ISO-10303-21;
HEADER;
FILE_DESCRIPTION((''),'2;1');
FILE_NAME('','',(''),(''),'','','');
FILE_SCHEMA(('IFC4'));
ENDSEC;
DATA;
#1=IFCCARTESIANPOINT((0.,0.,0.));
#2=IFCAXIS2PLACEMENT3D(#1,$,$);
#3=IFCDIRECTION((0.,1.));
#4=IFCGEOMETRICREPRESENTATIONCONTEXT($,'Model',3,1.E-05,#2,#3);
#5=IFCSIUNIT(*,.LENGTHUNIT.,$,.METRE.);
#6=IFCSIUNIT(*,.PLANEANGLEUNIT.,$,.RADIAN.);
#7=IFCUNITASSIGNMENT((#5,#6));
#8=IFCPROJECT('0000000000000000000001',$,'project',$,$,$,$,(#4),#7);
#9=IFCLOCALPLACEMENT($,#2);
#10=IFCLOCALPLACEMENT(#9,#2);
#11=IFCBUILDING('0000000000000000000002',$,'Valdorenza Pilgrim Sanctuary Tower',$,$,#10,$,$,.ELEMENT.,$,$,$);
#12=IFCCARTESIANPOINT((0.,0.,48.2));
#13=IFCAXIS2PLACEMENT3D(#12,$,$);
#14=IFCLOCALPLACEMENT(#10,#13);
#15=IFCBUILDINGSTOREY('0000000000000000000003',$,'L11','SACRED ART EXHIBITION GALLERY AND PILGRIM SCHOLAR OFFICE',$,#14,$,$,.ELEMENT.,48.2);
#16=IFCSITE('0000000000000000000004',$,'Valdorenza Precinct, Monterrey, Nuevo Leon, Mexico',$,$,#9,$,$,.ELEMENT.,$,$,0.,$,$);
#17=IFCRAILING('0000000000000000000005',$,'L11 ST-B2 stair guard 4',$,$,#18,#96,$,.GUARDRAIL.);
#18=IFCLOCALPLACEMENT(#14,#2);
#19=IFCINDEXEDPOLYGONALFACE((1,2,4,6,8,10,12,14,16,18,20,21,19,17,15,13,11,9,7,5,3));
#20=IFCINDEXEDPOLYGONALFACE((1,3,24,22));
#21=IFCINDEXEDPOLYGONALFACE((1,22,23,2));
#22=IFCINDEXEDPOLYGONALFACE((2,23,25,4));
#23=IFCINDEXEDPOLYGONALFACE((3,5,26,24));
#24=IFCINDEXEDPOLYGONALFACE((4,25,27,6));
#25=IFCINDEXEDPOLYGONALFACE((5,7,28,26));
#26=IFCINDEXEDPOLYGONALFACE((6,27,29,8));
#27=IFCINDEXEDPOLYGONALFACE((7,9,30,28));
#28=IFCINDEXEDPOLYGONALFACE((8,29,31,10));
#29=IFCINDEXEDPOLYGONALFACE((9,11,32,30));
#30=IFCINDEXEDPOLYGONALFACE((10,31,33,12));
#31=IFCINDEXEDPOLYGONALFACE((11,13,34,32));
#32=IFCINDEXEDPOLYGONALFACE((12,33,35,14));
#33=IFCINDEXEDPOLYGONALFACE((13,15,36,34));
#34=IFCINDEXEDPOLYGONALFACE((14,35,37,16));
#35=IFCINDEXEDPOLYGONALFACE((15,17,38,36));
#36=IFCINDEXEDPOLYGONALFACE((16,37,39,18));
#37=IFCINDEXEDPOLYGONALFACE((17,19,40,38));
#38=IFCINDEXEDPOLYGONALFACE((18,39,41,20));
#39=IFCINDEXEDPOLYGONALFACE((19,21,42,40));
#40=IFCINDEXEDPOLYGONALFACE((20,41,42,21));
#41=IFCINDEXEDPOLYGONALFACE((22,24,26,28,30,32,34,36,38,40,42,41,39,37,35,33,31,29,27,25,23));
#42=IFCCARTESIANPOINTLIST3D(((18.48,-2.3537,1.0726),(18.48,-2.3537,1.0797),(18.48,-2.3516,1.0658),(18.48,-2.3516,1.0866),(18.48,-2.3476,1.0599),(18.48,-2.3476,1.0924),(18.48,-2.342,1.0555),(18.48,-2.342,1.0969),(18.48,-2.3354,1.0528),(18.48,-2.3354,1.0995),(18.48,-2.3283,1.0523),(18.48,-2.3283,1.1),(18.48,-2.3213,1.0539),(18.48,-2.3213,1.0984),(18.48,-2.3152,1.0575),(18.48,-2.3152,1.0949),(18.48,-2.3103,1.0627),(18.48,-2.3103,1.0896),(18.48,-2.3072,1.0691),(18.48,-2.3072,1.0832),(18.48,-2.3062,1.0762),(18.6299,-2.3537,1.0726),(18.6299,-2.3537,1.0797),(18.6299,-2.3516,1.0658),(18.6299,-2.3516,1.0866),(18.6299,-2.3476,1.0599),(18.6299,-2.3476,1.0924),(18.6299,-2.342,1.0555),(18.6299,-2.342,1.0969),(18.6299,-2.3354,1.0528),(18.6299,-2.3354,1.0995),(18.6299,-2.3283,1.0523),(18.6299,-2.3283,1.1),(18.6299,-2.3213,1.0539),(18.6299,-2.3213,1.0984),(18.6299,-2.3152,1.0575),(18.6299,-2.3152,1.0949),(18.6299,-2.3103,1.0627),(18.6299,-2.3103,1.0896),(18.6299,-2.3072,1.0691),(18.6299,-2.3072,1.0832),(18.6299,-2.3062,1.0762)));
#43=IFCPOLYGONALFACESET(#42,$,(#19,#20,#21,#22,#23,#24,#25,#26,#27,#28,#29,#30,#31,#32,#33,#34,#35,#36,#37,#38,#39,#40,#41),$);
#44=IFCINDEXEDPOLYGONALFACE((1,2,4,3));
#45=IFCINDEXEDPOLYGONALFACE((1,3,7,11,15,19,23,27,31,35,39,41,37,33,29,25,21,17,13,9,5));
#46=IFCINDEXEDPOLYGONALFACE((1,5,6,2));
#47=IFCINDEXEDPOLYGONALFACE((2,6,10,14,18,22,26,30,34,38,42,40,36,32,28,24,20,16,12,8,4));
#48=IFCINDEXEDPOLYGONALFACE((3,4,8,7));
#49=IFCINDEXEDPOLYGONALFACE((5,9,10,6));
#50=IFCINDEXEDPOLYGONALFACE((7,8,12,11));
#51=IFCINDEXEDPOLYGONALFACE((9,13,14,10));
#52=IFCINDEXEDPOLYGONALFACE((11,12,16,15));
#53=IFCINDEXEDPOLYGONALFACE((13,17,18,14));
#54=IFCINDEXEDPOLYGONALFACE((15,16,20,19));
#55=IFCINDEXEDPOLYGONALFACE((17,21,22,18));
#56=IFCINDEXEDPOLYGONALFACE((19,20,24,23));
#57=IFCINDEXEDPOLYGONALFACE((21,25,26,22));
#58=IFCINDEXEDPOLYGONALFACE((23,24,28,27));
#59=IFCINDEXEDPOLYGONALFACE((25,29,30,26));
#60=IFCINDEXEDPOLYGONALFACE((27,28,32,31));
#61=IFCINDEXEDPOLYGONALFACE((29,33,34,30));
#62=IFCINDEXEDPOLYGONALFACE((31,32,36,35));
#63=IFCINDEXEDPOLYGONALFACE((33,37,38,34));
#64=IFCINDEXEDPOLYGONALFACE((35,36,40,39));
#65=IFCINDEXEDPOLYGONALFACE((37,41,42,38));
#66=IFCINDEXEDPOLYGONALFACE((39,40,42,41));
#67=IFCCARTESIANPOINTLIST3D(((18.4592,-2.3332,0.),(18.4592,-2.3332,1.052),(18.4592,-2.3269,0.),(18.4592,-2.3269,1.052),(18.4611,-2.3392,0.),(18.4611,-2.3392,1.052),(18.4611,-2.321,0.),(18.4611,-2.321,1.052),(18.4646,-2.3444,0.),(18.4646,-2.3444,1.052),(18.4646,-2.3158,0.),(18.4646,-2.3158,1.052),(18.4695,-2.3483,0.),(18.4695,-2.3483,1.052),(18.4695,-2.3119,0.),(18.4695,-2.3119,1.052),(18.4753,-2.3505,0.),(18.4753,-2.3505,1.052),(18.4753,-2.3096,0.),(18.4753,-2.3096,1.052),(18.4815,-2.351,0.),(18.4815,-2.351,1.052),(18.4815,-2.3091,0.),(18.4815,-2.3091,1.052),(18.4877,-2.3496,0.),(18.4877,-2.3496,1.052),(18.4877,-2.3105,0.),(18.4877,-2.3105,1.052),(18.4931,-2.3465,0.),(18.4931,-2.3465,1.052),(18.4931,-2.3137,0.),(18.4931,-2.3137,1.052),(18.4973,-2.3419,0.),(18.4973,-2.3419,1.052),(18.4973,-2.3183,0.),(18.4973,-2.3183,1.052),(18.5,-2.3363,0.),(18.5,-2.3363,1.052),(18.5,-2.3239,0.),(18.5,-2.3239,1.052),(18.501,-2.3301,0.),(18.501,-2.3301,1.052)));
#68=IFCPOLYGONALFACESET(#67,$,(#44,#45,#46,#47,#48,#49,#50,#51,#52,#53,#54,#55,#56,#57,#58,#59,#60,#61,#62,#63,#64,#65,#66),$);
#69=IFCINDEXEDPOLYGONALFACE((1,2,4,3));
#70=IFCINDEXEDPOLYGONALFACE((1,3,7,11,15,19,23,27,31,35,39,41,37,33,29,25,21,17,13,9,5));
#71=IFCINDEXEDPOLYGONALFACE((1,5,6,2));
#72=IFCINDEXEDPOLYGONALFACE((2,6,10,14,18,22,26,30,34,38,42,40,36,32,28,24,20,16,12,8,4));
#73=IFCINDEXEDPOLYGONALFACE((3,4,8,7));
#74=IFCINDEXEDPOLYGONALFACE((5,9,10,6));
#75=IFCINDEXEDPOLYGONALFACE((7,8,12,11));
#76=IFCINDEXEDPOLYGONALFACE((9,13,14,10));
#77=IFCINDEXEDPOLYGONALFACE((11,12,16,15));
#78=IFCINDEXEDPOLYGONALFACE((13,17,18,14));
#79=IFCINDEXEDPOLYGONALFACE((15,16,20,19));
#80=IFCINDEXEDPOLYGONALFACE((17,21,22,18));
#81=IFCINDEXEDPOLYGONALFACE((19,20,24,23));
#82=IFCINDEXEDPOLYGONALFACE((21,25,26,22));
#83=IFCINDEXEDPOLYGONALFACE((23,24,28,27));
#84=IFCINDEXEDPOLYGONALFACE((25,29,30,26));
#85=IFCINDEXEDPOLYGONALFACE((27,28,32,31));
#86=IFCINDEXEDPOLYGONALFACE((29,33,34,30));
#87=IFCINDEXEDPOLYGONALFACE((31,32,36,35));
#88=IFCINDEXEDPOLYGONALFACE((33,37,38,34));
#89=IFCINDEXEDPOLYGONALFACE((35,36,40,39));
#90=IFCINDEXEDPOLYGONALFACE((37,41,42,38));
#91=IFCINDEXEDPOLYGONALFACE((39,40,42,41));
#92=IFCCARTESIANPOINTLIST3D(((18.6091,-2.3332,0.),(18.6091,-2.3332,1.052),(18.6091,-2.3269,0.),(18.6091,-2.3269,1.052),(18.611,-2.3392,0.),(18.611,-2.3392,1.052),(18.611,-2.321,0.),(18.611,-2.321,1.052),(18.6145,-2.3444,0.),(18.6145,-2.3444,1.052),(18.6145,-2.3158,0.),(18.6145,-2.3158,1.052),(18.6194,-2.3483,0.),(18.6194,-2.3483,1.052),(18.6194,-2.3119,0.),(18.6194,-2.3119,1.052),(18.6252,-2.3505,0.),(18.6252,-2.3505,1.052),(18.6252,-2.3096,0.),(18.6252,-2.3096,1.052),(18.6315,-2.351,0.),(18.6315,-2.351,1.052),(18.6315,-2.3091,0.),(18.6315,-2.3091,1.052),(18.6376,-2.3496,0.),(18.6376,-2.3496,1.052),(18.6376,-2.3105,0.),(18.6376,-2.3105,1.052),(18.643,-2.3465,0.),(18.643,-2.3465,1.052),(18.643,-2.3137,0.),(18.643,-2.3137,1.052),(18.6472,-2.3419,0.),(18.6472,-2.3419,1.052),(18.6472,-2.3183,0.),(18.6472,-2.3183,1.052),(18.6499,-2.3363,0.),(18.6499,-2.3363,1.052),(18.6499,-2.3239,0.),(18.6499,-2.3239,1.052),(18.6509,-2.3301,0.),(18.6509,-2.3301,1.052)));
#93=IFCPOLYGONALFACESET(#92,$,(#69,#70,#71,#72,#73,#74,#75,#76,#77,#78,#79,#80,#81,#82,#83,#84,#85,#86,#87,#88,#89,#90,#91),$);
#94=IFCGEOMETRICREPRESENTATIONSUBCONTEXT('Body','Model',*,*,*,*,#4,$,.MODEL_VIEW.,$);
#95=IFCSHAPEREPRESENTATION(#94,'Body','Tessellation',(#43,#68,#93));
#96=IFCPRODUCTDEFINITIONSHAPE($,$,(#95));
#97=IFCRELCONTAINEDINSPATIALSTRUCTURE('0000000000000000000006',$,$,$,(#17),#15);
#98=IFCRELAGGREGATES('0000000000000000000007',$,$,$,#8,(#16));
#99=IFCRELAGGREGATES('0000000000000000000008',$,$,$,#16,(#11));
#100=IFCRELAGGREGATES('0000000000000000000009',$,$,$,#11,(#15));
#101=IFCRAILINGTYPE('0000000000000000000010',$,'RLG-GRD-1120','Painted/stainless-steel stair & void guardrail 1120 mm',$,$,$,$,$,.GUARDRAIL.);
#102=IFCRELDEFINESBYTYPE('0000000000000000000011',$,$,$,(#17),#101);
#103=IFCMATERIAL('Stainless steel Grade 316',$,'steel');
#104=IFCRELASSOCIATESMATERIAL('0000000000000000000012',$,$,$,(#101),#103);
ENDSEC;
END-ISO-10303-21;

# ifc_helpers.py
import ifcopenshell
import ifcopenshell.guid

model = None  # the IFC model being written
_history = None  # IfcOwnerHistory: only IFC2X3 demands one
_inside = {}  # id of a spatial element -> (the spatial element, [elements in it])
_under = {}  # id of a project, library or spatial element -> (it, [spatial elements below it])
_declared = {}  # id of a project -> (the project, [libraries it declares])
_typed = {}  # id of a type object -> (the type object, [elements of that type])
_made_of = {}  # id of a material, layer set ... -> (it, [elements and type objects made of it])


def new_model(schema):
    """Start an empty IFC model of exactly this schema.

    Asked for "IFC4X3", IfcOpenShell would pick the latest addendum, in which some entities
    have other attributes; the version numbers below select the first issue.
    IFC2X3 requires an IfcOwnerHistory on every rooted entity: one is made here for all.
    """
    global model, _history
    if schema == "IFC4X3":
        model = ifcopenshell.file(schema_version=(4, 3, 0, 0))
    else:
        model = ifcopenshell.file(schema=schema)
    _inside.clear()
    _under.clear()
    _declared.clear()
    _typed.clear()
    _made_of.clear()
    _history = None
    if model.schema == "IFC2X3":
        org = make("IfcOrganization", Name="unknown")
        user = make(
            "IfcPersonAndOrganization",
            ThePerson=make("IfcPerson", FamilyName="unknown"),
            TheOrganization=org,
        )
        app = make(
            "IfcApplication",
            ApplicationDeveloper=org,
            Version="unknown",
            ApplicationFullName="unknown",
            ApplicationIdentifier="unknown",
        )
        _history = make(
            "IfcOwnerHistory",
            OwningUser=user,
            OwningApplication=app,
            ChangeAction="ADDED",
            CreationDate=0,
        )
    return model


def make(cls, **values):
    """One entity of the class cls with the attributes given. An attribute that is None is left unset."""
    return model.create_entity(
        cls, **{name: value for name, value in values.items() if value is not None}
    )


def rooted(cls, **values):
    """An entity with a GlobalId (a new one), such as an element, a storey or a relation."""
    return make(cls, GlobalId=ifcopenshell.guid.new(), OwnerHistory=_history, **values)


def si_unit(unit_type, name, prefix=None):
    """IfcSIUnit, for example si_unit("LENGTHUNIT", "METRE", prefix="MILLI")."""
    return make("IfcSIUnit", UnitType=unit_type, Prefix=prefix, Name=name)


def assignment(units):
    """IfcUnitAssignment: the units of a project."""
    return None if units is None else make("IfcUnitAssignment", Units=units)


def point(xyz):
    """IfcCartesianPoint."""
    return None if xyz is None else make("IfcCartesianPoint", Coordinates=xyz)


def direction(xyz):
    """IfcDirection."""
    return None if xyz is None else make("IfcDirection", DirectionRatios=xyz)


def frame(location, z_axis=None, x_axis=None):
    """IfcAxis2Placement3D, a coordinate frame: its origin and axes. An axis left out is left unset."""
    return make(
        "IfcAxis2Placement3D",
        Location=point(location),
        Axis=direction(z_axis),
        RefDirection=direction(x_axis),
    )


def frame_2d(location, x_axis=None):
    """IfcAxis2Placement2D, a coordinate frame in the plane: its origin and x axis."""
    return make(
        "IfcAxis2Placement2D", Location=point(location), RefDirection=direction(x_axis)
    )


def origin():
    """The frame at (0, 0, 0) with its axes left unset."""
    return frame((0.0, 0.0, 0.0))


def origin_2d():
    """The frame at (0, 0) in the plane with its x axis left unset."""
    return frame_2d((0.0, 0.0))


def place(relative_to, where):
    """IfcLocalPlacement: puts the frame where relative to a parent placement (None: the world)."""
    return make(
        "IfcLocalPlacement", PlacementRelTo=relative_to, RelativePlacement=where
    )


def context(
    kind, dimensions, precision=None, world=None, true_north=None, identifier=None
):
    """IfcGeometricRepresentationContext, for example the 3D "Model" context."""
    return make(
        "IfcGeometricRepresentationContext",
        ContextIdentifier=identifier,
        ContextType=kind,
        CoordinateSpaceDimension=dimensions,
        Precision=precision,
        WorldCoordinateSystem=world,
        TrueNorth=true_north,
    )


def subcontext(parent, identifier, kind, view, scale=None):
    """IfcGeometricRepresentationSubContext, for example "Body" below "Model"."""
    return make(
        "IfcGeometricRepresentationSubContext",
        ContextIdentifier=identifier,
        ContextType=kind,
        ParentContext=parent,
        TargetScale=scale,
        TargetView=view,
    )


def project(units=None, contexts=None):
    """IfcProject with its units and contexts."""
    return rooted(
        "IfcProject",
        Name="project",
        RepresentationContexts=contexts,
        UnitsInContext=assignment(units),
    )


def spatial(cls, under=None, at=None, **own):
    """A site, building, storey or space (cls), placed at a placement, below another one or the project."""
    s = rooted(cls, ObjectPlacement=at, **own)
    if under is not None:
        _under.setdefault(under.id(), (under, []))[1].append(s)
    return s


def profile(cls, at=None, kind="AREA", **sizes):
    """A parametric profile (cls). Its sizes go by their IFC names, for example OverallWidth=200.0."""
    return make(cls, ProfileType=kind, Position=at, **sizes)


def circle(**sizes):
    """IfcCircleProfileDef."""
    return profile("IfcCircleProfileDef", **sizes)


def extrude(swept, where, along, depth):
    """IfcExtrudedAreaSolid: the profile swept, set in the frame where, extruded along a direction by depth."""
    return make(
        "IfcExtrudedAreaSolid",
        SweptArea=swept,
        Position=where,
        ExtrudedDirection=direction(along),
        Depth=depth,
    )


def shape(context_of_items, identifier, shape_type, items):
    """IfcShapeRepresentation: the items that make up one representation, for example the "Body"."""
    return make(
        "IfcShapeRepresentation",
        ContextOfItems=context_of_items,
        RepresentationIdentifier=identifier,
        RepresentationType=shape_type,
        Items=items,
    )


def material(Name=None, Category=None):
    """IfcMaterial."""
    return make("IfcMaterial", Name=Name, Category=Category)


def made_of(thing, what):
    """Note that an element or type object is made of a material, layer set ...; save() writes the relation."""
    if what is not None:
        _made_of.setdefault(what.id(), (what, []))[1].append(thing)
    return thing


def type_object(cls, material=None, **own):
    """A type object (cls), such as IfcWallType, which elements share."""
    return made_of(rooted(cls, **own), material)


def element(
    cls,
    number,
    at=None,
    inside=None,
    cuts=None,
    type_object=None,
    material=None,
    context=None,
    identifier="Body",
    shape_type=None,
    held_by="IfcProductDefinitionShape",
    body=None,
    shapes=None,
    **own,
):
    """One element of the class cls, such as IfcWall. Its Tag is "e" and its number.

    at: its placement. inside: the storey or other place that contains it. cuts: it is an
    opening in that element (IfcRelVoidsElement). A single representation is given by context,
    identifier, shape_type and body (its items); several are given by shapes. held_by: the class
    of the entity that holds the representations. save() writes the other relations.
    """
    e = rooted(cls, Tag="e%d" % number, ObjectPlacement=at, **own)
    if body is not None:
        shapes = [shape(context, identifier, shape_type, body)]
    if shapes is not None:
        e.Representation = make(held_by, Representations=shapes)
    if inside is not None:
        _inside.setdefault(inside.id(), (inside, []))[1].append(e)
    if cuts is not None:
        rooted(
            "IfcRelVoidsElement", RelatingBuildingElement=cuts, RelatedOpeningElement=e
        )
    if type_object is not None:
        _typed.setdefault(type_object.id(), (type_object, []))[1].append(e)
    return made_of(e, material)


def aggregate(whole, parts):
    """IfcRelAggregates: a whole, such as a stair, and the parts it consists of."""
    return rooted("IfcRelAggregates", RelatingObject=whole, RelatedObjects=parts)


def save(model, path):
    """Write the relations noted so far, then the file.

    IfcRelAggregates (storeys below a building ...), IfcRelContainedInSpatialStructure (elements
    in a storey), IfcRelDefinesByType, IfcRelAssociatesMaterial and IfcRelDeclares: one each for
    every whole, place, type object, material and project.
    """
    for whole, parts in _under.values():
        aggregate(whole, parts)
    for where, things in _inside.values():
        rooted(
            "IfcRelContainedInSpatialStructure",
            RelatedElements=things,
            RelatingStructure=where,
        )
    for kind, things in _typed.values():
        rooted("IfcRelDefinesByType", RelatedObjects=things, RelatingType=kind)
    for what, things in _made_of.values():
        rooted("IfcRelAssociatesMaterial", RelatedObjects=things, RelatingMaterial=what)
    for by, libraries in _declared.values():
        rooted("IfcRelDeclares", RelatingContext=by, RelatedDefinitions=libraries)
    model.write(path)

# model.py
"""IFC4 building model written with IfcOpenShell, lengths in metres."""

from ifc_helpers import new_model, si_unit, direction, frame, origin, origin_2d, place, context, subcontext, project, spatial, circle, extrude, material, type_object, element, save


model = new_model("IFC4")

# Units and contexts
model_context = context("Model", 3, precision=1e-05, world=origin(), true_north=direction((0.0, 1.0)))
body_context = subcontext(model_context, "Body", "Model", "MODEL_VIEW")
ifc_project = project(units=[si_unit("LENGTHUNIT", "METRE"), si_unit("PLANEANGLEUNIT", "RADIAN")], contexts=[model_context])

# Site, building, storey
site_placement = place(None, origin())
site = spatial("IfcSite", under=ifc_project, at=site_placement, Name="Valdorenza Precinct, Monterrey, Nuevo Leon, Mexico", CompositionType="ELEMENT", RefElevation=0.0)
building_placement = place(site_placement, origin())
building = spatial("IfcBuilding", under=site, at=building_placement, Name="Valdorenza Pilgrim Sanctuary Tower", CompositionType="ELEMENT")
storey_placement = place(building_placement, frame((0.0, 0.0, 48.2)))
storey = spatial("IfcBuildingStorey", under=building, at=storey_placement, Name="L11", Description="SACRED ART EXHIBITION GALLERY AND PILGRIM SCHOLAR OFFICE", CompositionType="ELEMENT", Elevation=48.2)

# Railing
ifc_material_1 = material(Name="Stainless steel Grade 316", Category="steel")
railing_type_1 = type_object("IfcRailingType", Name="RLG-GRD-1120", Description="Painted/stainless-steel stair & void guardrail 1120 mm", PredefinedType="GUARDRAIL", material=ifc_material_1)
railing_1_placement = place(storey_placement, frame((18.48, -2.3301, 0.0)))
element("IfcRailing", 1, at=railing_1_placement, inside=storey, type_object=railing_type_1, Name="L11 ST-B2 stair guard 4", PredefinedType="GUARDRAIL", context=body_context, shape_type="SweptSolid", body=[
    extrude(circle(Radius=0.0239, at=origin_2d()), frame((0.0, 0.0, 1.0762), z_axis=(1.0, 0.0, 0.0), x_axis=(0.0, 1.0, 0.0)), (0.0, 0.0, 1.0), 0.1499),
    extrude(circle(Radius=0.021, at=origin_2d()), origin(), (0.0, 0.0, 1.0), 1.052),
    extrude(circle(Radius=0.021, at=origin_2d()), frame((0.1499, 0.0, 0.0)), (0.0, 0.0, 1.0), 1.052),
])

save(model, "model.ifc")
